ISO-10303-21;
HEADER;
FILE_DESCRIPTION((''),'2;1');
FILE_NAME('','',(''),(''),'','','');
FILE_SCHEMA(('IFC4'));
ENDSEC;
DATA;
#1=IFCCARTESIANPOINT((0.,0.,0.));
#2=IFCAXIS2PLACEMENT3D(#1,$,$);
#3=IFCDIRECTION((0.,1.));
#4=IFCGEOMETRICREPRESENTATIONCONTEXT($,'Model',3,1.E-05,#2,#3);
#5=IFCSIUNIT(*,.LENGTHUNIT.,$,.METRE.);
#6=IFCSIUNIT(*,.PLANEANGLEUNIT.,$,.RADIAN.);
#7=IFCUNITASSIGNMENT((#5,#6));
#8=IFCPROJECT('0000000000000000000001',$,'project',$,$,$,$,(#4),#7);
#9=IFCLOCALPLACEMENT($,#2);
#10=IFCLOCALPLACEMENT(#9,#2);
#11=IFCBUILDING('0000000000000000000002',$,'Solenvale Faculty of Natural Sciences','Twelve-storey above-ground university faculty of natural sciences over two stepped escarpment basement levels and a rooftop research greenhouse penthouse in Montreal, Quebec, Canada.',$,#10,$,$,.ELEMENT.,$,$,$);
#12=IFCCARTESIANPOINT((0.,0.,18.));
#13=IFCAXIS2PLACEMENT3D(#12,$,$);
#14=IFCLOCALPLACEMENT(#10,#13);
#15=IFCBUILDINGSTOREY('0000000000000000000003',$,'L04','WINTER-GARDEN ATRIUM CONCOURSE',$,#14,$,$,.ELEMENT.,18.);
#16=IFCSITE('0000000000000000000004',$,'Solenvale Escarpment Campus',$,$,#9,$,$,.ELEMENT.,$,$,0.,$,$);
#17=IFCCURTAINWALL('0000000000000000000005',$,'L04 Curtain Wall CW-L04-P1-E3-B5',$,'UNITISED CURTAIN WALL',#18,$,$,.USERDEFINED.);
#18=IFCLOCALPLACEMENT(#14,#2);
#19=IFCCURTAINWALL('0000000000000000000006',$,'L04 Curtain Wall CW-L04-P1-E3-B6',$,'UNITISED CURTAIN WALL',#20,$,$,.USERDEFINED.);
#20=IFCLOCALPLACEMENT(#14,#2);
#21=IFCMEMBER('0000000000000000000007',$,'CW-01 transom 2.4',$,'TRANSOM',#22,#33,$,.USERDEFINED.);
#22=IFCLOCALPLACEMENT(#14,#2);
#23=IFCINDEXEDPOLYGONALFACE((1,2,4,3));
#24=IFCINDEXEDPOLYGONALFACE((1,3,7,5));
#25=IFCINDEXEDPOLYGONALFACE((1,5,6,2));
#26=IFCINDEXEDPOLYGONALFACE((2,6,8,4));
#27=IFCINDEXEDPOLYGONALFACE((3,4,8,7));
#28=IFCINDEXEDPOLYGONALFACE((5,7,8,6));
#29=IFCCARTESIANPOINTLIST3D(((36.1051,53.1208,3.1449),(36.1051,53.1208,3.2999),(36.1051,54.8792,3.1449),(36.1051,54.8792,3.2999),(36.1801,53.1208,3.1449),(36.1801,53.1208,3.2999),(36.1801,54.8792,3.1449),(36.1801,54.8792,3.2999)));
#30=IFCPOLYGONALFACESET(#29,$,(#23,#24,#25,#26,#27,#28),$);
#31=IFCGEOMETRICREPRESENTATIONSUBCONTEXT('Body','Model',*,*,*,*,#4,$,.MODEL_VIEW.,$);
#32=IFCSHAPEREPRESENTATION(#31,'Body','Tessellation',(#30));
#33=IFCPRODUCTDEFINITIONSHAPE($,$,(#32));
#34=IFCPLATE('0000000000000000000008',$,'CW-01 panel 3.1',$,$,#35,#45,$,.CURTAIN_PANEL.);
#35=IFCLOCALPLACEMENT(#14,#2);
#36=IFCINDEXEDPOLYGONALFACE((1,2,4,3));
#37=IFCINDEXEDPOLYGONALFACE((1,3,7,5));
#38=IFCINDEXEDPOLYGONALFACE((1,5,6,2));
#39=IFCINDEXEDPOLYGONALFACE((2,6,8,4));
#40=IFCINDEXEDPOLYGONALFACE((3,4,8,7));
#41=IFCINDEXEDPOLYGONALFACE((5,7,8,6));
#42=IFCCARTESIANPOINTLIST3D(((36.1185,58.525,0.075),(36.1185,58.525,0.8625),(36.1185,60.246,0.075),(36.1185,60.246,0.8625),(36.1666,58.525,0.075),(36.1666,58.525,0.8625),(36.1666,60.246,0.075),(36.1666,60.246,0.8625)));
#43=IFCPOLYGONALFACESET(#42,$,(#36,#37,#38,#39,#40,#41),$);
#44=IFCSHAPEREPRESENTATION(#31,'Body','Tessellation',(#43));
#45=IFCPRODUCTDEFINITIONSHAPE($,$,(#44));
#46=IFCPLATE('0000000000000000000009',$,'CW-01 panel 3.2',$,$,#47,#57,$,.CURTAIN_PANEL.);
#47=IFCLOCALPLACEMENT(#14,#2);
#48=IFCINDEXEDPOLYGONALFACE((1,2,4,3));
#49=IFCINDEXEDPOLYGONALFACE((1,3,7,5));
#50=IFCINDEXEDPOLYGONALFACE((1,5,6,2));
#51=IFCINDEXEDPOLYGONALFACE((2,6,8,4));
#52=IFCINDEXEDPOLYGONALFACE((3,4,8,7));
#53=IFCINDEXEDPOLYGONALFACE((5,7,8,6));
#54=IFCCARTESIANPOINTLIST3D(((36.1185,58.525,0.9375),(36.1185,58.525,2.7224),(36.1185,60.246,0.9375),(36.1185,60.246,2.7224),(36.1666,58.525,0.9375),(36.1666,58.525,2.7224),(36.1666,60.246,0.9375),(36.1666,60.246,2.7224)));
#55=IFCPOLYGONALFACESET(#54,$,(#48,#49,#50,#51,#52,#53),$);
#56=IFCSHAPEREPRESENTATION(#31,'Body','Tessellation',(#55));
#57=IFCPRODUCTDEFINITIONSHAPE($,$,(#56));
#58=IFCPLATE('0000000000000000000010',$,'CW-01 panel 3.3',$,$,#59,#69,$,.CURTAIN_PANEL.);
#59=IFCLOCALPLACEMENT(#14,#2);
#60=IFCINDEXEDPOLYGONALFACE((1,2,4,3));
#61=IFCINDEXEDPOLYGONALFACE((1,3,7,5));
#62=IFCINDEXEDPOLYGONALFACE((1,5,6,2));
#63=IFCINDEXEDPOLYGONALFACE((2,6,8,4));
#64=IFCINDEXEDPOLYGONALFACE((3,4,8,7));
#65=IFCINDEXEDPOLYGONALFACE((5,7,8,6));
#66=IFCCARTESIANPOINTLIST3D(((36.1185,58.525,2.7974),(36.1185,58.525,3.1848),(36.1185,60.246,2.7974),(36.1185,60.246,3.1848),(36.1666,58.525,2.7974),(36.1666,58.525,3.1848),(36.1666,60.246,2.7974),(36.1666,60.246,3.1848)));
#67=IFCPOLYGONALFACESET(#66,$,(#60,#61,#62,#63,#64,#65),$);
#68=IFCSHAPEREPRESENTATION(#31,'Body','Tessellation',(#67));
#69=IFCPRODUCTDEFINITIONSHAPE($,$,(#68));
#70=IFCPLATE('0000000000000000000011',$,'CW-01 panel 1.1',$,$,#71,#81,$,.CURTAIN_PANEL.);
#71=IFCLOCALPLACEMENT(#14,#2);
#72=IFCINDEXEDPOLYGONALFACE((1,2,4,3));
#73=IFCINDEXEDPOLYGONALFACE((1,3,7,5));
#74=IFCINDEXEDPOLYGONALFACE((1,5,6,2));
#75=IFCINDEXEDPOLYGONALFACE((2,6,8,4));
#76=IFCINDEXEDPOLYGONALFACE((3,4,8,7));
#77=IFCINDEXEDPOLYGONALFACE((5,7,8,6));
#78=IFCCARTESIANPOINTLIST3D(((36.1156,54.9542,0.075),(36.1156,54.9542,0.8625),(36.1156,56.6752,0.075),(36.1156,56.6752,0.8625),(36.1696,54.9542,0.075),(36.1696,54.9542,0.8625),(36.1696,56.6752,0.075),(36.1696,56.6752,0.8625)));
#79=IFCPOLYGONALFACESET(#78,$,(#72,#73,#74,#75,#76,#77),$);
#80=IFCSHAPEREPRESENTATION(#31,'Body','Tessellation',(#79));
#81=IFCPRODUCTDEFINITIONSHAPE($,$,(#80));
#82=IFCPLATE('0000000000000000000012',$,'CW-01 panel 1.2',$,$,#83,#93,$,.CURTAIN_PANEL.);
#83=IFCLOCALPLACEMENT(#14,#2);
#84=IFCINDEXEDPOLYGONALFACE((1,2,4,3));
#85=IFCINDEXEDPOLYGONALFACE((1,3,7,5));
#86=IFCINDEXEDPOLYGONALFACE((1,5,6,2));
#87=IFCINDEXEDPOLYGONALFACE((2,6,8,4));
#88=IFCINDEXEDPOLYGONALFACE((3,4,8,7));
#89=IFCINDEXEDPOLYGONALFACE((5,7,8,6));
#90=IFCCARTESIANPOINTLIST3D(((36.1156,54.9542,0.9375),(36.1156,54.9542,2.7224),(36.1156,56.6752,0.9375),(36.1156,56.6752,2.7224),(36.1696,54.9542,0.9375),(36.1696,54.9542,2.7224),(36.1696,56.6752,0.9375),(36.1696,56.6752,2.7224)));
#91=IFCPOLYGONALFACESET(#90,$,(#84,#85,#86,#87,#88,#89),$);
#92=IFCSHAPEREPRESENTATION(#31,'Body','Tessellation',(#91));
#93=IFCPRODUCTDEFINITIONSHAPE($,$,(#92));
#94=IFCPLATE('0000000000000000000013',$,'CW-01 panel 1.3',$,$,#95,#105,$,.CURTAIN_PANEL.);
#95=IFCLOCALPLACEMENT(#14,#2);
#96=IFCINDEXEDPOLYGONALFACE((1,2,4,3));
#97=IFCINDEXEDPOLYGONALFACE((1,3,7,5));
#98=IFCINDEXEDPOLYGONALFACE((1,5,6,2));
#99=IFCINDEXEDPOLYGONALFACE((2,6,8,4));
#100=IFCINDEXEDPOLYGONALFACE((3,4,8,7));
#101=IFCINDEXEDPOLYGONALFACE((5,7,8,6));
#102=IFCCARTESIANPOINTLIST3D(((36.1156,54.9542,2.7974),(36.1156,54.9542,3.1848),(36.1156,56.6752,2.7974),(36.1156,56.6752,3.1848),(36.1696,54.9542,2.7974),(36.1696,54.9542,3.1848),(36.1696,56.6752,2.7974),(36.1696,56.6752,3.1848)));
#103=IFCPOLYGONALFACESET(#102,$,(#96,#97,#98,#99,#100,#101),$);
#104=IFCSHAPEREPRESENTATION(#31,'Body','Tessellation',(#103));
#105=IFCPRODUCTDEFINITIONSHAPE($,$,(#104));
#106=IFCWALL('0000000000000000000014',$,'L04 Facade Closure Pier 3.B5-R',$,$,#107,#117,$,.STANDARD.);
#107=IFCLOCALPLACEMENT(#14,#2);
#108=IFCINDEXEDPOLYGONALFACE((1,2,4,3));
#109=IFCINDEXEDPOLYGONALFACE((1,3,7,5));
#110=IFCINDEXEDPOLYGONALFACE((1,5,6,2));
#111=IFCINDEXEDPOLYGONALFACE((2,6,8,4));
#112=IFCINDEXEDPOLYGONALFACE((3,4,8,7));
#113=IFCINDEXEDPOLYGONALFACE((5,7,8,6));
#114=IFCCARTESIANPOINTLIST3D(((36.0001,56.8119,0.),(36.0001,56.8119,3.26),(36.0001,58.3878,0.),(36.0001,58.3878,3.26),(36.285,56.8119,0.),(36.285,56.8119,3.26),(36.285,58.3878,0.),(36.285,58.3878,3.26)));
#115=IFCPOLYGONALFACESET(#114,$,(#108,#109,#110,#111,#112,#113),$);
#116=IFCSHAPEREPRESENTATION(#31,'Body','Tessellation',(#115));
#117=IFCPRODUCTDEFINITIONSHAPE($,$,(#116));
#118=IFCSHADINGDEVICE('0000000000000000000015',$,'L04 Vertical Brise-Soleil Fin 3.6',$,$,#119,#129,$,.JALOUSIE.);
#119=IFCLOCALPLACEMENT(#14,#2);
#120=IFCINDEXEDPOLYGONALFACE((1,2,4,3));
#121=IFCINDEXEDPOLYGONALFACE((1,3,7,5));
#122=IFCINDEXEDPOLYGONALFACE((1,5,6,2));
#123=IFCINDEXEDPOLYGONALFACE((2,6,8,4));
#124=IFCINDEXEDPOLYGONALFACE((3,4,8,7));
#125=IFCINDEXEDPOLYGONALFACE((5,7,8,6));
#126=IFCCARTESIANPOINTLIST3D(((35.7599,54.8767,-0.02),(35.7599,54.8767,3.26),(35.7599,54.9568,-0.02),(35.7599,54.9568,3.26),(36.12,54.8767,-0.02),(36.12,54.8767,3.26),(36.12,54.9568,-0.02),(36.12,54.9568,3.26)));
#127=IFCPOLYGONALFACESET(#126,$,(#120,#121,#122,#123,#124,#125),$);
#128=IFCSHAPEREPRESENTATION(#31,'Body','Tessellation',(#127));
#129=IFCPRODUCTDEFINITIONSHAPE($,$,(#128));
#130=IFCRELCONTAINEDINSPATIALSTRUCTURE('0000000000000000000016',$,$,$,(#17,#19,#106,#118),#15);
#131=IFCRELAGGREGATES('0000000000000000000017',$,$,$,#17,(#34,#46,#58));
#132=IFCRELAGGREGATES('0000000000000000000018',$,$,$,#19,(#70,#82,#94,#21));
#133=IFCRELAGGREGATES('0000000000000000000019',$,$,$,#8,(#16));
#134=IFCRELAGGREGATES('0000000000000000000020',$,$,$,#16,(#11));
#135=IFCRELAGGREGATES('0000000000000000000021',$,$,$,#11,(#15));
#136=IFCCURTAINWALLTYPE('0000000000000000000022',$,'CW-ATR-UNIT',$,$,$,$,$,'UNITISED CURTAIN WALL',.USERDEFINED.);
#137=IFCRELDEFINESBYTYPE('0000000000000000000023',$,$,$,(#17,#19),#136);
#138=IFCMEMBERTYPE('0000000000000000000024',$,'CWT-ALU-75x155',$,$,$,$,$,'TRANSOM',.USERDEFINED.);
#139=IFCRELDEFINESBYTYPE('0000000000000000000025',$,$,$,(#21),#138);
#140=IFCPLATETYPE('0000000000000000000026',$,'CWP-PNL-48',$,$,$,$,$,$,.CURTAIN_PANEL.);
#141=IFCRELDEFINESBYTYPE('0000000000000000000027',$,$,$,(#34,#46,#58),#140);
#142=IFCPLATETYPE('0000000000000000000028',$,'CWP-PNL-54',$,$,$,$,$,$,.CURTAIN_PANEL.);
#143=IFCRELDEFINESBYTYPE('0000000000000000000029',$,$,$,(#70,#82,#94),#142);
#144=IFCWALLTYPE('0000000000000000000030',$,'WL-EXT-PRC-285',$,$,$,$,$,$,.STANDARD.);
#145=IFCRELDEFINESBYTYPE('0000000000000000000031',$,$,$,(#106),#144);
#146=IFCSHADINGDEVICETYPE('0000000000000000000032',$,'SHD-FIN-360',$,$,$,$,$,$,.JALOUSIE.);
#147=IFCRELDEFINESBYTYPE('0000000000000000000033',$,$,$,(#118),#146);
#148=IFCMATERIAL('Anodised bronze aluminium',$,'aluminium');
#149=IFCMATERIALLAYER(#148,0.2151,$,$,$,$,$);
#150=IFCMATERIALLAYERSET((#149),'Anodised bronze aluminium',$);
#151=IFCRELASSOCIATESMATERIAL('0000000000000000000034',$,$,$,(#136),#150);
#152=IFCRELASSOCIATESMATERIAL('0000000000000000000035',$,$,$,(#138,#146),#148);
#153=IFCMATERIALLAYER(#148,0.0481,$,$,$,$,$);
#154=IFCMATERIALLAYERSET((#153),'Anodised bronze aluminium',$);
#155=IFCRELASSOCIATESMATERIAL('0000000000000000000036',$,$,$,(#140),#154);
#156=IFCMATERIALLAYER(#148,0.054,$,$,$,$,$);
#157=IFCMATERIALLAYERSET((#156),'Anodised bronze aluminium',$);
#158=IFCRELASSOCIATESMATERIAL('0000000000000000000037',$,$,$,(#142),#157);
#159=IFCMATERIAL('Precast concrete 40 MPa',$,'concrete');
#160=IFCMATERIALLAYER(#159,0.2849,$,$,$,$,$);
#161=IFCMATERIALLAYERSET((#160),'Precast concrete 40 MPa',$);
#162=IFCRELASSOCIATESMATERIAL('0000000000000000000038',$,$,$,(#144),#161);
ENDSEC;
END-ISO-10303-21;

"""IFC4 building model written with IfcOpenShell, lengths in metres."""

from ifc_helpers import new_model, si_unit, direction, frame, frame_2d, origin, origin_2d, place, context, subcontext, project, spatial, rectangle, extrude, material, layer, layer_set, material_profile, profile_set, type_object, element, aggregate, save


model = new_model("IFC4")

# Units and contexts
model_context = context("Model", 3, precision=1e-05, world=origin(), true_north=direction((0.0, 1.0)))
body_context = subcontext(model_context, "Body", "Model", "MODEL_VIEW")
ifc_project = project(units=[si_unit("LENGTHUNIT", "METRE"), si_unit("PLANEANGLEUNIT", "RADIAN")], contexts=[model_context])

# Site, building, storey
site_placement = place(None, origin())
site = spatial("IfcSite", under=ifc_project, at=site_placement, Name="Solenvale Escarpment Campus", CompositionType="ELEMENT", RefElevation=0.0)
building_placement = place(site_placement, origin())
building = spatial("IfcBuilding", under=site, at=building_placement, Name="Solenvale Faculty of Natural Sciences", Description="Twelve-storey above-ground university faculty of natural sciences over two stepped escarpment basement levels and a rooftop research greenhouse penthouse in Montreal, Quebec, Canada.", CompositionType="ELEMENT")
storey_placement = place(building_placement, frame((0.0, 0.0, 18.0)))
storey = spatial("IfcBuildingStorey", under=building, at=storey_placement, Name="L04", Description="WINTER-GARDEN ATRIUM CONCOURSE", CompositionType="ELEMENT", Elevation=18.0)

# Curtain wall
ifc_material_1 = material(Name="Anodised bronze aluminium", Category="aluminium")
ifc_layer_1 = layer(ifc_material_1, 0.2151)
ifc_layer_set_1 = layer_set([ifc_layer_1], Name="Anodised bronze aluminium")
curtain_wall_type = type_object("IfcCurtainWallType", Name="CW-ATR-UNIT", ElementType="UNITISED CURTAIN WALL", PredefinedType="USERDEFINED", material=ifc_layer_set_1)
curtain_wall_1_placement = place(storey_placement, origin())
curtain_wall_1 = element("IfcCurtainWall", 1, at=curtain_wall_1_placement, inside=storey, type_object=curtain_wall_type, Name="L04 Curtain Wall CW-L04-P1-E3-B5", ObjectType="UNITISED CURTAIN WALL", PredefinedType="USERDEFINED")

# Curtain wall
curtain_wall_2_placement = place(storey_placement, origin())
curtain_wall_2 = element("IfcCurtainWall", 2, at=curtain_wall_2_placement, inside=storey, type_object=curtain_wall_type, Name="L04 Curtain Wall CW-L04-P1-E3-B6", ObjectType="UNITISED CURTAIN WALL", PredefinedType="USERDEFINED")

# Member
ifc_material_profile_1 = material_profile(ifc_material_1, rectangle(XDim=0.075, YDim=0.155, at=origin_2d()), Name="ALU-TRN-75x155")
ifc_profile_set_1 = profile_set([ifc_material_profile_1], Name="Anodised bronze aluminium")
member_type_1 = type_object("IfcMemberType", Name="CWT-ALU-75x155", ElementType="TRANSOM", PredefinedType="USERDEFINED", material=ifc_profile_set_1)
member_1_placement = place(storey_placement, frame((36.1426, 54.8792, 3.2224), z_axis=(0.0, -1.0, 0.0), x_axis=(1.0, 0.0, 0.0)))
member_1 = element("IfcMember", 3, at=member_1_placement, type_object=member_type_1, Name="CW-01 transom 2.4", ObjectType="TRANSOM", PredefinedType="USERDEFINED", context=body_context, shape_type="SweptSolid", body=[
    extrude(rectangle(XDim=0.075, YDim=0.155, at=origin_2d()), origin(), (0.0, 0.0, 1.0), 1.7583),
])

# Plates
ifc_layer_2 = layer(ifc_material_1, 0.0481)
ifc_layer_set_2 = layer_set([ifc_layer_2], Name="Anodised bronze aluminium")
plate_type_1 = type_object("IfcPlateType", Name="CWP-PNL-48", PredefinedType="CURTAIN_PANEL", material=ifc_layer_set_2)
plate_1_placement = place(storey_placement, frame((36.1426, 59.3855, 0.075), z_axis=(0.0, 0.0, 1.0), x_axis=(0.0, -1.0, 0.0)))
plate_1 = element("IfcPlate", 4, at=plate_1_placement, type_object=plate_type_1, Name="CW-01 panel 3.1", PredefinedType="CURTAIN_PANEL", context=body_context, shape_type="SweptSolid", body=[
    extrude(rectangle(XDim=1.7209, YDim=0.0481, at=origin_2d()), origin(), (0.0, 0.0, 1.0), 0.7876),
])
plate_2_placement = place(storey_placement, frame((36.1426, 59.3855, 0.9375), z_axis=(0.0, 0.0, 1.0), x_axis=(0.0, -1.0, 0.0)))
plate_2 = element("IfcPlate", 5, at=plate_2_placement, type_object=plate_type_1, Name="CW-01 panel 3.2", PredefinedType="CURTAIN_PANEL", context=body_context, shape_type="SweptSolid", body=[
    extrude(rectangle(XDim=1.7209, YDim=0.0481, at=origin_2d()), origin(), (0.0, 0.0, 1.0), 1.7849),
])
plate_3_placement = place(storey_placement, frame((36.1426, 59.3855, 2.7974), z_axis=(0.0, 0.0, 1.0), x_axis=(0.0, -1.0, 0.0)))
plate_3 = element("IfcPlate", 6, at=plate_3_placement, type_object=plate_type_1, Name="CW-01 panel 3.3", PredefinedType="CURTAIN_PANEL", context=body_context, shape_type="SweptSolid", body=[
    extrude(rectangle(XDim=1.7209, YDim=0.0481, at=origin_2d()), origin(), (0.0, 0.0, 1.0), 0.3875),
])
aggregate(curtain_wall_1, [plate_1, plate_2, plate_3])
ifc_layer_3 = layer(ifc_material_1, 0.054)
ifc_layer_set_3 = layer_set([ifc_layer_3], Name="Anodised bronze aluminium")
plate_type_2 = type_object("IfcPlateType", Name="CWP-PNL-54", PredefinedType="CURTAIN_PANEL", material=ifc_layer_set_3)
plate_4_placement = place(storey_placement, frame((36.1426, 55.8147, 0.075), z_axis=(0.0, 0.0, 1.0), x_axis=(0.0, -1.0, 0.0)))
plate_4 = element("IfcPlate", 7, at=plate_4_placement, type_object=plate_type_2, Name="CW-01 panel 1.1", PredefinedType="CURTAIN_PANEL", context=body_context, shape_type="SweptSolid", body=[
    extrude(rectangle(XDim=1.7209, YDim=0.054, at=origin_2d()), origin(), (0.0, 0.0, 1.0), 0.7876),
])
plate_5_placement = place(storey_placement, frame((36.1426, 55.8147, 0.9375), z_axis=(0.0, 0.0, 1.0), x_axis=(0.0, -1.0, 0.0)))
plate_5 = element("IfcPlate", 8, at=plate_5_placement, type_object=plate_type_2, Name="CW-01 panel 1.2", PredefinedType="CURTAIN_PANEL", context=body_context, shape_type="SweptSolid", body=[
    extrude(rectangle(XDim=1.7209, YDim=0.054, at=origin_2d()), origin(), (0.0, 0.0, 1.0), 1.7849),
])
plate_6_placement = place(storey_placement, frame((36.1426, 55.8147, 2.7974), z_axis=(0.0, 0.0, 1.0), x_axis=(0.0, -1.0, 0.0)))
plate_6 = element("IfcPlate", 9, at=plate_6_placement, type_object=plate_type_2, Name="CW-01 panel 1.3", PredefinedType="CURTAIN_PANEL", context=body_context, shape_type="SweptSolid", body=[
    extrude(rectangle(XDim=1.7209, YDim=0.054, at=origin_2d()), origin(), (0.0, 0.0, 1.0), 0.3875),
])
aggregate(curtain_wall_2, [plate_4, plate_5, plate_6, member_1])

# Wall
ifc_material_2 = material(Name="Precast concrete 40 MPa", Category="concrete")
ifc_layer_4 = layer(ifc_material_2, 0.2849)
ifc_layer_set_4 = layer_set([ifc_layer_4], Name="Precast concrete 40 MPa")
wall_type = type_object("IfcWallType", Name="WL-EXT-PRC-285", PredefinedType="STANDARD", material=ifc_layer_set_4)
wall_placement = place(storey_placement, frame((36.1426, 58.3879, 0.0), z_axis=(0.0, 0.0, 1.0), x_axis=(0.0, -1.0, 0.0)))
element("IfcWall", 10, at=wall_placement, inside=storey, type_object=wall_type, Name="L04 Facade Closure Pier 3.B5-R", PredefinedType="STANDARD", context=body_context, shape_type="SweptSolid", body=[
    extrude(rectangle(XDim=1.5759, YDim=0.2849, at=frame_2d((0.7881, 0.0))), origin(), (0.0, 0.0, 1.0), 3.26),
])

# Shading device
ifc_material_profile_2 = material_profile(ifc_material_1, rectangle(XDim=0.0801, YDim=0.3601, at=origin_2d()), Name="ALU-FIN-80x360")
ifc_profile_set_2 = profile_set([ifc_material_profile_2], Name="Anodised bronze aluminium")
shading_device_type = type_object("IfcShadingDeviceType", Name="SHD-FIN-360", PredefinedType="JALOUSIE", material=ifc_profile_set_2)
shading_device_placement = place(storey_placement, frame((35.9399, 54.9167, -0.02), z_axis=(0.0, 0.0, 1.0), x_axis=(0.0, 1.0, 0.0)))
element("IfcShadingDevice", 11, at=shading_device_placement, inside=storey, type_object=shading_device_type, Name="L04 Vertical Brise-Soleil Fin 3.6", PredefinedType="JALOUSIE", context=body_context, shape_type="SweptSolid", body=[
    extrude(rectangle(XDim=0.0801, YDim=0.3601, at=origin_2d()), origin(), (0.0, 0.0, 1.0), 3.28),
])

save(model, "model.ifc")
